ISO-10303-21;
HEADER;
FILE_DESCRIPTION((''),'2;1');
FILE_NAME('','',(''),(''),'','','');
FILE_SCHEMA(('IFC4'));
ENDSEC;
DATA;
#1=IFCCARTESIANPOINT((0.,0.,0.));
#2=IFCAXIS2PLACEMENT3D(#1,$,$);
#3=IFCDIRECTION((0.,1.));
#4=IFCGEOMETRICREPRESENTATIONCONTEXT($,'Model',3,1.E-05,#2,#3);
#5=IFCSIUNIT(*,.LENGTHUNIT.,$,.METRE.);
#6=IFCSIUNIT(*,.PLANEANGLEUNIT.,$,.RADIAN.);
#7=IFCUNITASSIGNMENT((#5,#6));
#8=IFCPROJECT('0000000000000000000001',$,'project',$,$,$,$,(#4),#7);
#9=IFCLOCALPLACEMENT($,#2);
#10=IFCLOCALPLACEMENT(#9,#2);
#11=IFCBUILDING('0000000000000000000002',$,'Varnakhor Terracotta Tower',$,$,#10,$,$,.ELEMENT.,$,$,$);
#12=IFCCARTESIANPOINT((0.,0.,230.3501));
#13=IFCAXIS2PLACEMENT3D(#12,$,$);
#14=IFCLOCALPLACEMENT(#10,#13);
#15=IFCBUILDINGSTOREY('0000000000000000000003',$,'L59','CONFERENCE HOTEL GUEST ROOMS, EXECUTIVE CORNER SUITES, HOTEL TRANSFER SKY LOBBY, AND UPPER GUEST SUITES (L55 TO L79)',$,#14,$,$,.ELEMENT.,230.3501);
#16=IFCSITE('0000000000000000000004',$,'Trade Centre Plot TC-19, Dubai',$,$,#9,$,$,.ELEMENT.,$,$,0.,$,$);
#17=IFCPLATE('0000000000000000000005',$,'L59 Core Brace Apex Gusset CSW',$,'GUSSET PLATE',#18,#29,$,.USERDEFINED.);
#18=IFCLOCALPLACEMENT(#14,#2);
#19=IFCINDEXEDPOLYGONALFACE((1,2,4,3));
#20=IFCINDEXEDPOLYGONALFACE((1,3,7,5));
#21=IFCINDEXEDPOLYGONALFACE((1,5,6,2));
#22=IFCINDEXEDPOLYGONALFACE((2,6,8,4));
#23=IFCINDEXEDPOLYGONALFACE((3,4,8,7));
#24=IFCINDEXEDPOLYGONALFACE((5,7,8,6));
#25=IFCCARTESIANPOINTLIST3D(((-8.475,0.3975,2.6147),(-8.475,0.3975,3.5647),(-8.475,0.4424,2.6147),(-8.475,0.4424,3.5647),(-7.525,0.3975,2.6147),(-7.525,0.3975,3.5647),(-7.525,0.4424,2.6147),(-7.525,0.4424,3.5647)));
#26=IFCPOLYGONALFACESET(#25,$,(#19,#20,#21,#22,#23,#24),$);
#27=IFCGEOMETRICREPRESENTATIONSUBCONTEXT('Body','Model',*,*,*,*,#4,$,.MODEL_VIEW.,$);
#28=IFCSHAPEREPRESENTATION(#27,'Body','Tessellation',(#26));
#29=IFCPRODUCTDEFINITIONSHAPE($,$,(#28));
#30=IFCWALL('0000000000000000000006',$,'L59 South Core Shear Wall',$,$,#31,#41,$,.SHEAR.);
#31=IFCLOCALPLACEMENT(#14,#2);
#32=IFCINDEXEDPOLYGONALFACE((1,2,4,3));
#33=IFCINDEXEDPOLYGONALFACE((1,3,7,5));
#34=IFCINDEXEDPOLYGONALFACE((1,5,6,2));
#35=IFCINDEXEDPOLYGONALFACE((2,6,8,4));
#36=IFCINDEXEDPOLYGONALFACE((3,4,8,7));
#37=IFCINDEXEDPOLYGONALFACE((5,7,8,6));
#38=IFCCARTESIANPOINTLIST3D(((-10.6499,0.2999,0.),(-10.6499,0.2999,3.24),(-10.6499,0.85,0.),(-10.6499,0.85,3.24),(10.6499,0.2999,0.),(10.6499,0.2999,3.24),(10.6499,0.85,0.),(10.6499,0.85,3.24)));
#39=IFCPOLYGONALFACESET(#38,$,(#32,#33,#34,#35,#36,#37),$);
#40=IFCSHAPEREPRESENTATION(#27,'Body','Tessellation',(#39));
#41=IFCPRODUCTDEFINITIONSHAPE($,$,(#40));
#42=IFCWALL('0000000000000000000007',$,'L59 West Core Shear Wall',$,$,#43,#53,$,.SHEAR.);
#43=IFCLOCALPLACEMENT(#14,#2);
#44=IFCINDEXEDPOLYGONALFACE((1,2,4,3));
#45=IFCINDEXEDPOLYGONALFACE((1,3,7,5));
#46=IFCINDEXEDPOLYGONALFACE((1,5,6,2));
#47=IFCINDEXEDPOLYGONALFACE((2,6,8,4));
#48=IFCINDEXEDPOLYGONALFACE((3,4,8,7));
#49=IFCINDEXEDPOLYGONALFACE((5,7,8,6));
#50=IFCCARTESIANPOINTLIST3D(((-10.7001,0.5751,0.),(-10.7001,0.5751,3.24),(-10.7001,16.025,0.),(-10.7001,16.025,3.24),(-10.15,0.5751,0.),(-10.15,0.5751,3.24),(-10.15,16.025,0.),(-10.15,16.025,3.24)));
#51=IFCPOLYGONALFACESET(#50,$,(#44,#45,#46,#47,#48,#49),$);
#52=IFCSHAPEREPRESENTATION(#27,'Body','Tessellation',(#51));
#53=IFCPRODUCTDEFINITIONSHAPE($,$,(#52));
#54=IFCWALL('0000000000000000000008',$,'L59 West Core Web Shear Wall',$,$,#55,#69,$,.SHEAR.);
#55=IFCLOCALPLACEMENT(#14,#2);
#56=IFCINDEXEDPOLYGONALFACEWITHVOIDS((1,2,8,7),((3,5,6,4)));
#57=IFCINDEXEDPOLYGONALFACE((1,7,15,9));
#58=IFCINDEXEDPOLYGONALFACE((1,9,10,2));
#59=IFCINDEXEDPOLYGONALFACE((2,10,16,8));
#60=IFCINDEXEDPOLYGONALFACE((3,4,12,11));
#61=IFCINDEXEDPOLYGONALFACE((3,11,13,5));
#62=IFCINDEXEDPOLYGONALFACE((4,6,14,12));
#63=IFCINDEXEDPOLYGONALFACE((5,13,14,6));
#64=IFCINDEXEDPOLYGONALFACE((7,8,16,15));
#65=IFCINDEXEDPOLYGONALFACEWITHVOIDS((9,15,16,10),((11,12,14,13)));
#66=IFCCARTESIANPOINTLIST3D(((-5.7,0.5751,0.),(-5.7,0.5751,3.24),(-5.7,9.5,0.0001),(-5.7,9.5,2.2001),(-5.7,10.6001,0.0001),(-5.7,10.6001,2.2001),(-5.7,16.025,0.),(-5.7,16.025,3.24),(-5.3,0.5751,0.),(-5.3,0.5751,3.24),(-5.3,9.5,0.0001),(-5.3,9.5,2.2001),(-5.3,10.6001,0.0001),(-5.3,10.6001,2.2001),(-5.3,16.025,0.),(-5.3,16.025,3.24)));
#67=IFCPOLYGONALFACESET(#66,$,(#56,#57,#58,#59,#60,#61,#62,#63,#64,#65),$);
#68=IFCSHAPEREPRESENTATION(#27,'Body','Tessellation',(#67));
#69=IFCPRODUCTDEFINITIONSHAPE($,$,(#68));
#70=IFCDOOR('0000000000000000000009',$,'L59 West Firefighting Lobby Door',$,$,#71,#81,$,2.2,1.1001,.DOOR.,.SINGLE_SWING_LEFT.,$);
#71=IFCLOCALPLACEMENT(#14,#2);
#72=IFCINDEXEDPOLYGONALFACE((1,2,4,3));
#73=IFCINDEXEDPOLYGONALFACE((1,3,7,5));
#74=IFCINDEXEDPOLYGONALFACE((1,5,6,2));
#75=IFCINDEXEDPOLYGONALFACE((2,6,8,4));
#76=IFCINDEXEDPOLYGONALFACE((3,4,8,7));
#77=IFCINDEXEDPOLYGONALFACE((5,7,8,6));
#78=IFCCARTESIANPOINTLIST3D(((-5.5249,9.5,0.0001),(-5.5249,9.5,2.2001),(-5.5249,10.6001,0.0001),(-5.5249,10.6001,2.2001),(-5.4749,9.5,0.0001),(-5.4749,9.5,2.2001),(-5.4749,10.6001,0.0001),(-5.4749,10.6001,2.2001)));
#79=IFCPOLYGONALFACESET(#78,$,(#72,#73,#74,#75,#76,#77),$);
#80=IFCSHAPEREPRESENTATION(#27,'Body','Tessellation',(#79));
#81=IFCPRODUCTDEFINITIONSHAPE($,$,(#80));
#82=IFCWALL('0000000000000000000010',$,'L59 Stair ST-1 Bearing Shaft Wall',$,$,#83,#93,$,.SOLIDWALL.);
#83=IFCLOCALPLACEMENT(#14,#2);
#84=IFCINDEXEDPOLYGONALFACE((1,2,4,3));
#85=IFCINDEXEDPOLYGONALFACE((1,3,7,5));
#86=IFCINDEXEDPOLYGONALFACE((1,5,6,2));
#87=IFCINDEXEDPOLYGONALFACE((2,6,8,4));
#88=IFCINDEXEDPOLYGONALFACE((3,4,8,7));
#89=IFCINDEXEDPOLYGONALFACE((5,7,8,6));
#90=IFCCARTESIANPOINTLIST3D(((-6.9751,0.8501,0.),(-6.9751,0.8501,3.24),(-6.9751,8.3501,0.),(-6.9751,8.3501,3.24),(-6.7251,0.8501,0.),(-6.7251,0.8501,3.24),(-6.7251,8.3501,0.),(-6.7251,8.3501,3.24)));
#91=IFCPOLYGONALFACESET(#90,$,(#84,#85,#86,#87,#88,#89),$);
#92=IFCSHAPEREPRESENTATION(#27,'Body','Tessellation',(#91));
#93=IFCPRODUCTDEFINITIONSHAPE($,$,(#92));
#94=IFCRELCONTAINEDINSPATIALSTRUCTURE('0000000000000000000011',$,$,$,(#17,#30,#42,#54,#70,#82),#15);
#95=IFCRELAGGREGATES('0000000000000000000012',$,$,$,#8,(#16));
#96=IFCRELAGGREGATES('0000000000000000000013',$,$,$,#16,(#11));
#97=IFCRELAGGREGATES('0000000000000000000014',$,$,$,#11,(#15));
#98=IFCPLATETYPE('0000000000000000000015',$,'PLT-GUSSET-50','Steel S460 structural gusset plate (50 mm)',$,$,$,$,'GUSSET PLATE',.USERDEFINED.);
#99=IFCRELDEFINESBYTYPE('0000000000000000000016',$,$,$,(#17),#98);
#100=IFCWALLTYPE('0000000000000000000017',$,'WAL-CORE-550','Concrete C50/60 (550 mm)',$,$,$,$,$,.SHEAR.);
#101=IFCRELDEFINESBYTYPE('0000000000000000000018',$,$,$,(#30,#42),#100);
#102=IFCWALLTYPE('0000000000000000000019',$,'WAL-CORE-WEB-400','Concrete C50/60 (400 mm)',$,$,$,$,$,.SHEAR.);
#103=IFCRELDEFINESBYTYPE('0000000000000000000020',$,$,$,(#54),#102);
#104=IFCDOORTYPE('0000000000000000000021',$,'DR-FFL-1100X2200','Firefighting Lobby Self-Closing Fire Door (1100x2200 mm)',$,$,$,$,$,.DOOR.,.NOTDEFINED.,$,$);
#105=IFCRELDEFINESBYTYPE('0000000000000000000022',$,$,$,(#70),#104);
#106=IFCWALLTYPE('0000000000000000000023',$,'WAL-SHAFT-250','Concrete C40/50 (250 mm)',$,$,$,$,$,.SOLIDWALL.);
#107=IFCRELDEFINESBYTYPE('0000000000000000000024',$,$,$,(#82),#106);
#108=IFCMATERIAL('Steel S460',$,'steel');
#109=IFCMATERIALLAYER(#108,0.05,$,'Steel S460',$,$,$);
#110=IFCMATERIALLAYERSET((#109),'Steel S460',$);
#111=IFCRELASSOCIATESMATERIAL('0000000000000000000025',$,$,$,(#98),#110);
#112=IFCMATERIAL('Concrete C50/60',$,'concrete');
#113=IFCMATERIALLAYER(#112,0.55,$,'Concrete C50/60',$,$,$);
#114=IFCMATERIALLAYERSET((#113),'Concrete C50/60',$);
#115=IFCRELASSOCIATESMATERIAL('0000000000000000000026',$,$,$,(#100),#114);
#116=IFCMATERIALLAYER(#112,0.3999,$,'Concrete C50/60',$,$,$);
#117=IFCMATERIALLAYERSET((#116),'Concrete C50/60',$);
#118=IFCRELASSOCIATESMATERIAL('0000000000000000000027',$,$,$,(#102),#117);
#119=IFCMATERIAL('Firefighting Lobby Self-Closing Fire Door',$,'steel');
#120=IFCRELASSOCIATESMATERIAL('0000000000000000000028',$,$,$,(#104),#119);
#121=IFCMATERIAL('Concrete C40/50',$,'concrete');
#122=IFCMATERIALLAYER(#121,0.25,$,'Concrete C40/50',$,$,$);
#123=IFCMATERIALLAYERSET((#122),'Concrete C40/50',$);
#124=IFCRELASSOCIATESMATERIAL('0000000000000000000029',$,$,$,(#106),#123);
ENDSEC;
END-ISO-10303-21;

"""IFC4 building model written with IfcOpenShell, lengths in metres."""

from ifc_helpers import new_model, si_unit, direction, frame, frame_2d, origin, origin_2d, place, context, subcontext, project, spatial, rectangle, extrude, source, transform, mapped, material, layer, layer_set, type_object, type_shapes, element, fill, save


model = new_model("IFC4")

# Units and contexts
model_context = context("Model", 3, precision=1e-05, world=origin(), true_north=direction((0.0, 1.0)))
body_context = subcontext(model_context, "Body", "Model", "MODEL_VIEW")
ifc_project = project(units=[si_unit("LENGTHUNIT", "METRE"), si_unit("PLANEANGLEUNIT", "RADIAN")], contexts=[model_context])

# Site, building, storey
site_placement = place(None, origin())
site = spatial("IfcSite", under=ifc_project, at=site_placement, Name="Trade Centre Plot TC-19, Dubai", CompositionType="ELEMENT", RefElevation=0.0)
building_placement = place(site_placement, origin())
building = spatial("IfcBuilding", under=site, at=building_placement, Name="Varnakhor Terracotta Tower", CompositionType="ELEMENT")
storey_placement = place(building_placement, frame((0.0, 0.0, 230.3501)))
storey = spatial("IfcBuildingStorey", under=building, at=storey_placement, Name="L59", Description="CONFERENCE HOTEL GUEST ROOMS, EXECUTIVE CORNER SUITES, HOTEL TRANSFER SKY LOBBY, AND UPPER GUEST SUITES (L55 TO L79)", CompositionType="ELEMENT", Elevation=230.3501)

# Shared definitions
ifc_material_1 = material(Name="Concrete C50/60", Category="concrete")

# Plate
ifc_material_2 = material(Name="Steel S460", Category="steel")
ifc_layer_1 = layer(ifc_material_2, 0.05, Name="Steel S460")
ifc_layer_set_1 = layer_set([ifc_layer_1], Name="Steel S460")
plate_type = type_object("IfcPlateType", Name="PLT-GUSSET-50", Description="Steel S460 structural gusset plate (50 mm)", ElementType="GUSSET PLATE", PredefinedType="USERDEFINED", material=ifc_layer_set_1)
shared_shape_1 = source(origin(), body_context, "Body", "SweptSolid", [
    extrude(rectangle(XDim=0.95, YDim=0.0449, at=origin_2d()), origin(), (0.0, 0.0, 1.0), 0.95),
])
plate_placement = place(storey_placement, frame((-8.0, 0.4199, 2.6147), z_axis=(0.0, 0.0, 1.0), x_axis=(1.0, 0.0, 0.0)))
element("IfcPlate", 1, at=plate_placement, inside=storey, type_object=plate_type, Name="L59 Core Brace Apex Gusset CSW", ObjectType="GUSSET PLATE", PredefinedType="USERDEFINED", context=body_context, shape_type="MappedRepresentation", body=[
    mapped(shared_shape_1, transform((0.0, 0.0, 0.0), scale=1.0)),
])

# Walls
ifc_layer_2 = layer(ifc_material_1, 0.55, Name="Concrete C50/60")
ifc_layer_set_2 = layer_set([ifc_layer_2], Name="Concrete C50/60")
wall_type_1 = type_object("IfcWallType", Name="WAL-CORE-550", Description="Concrete C50/60 (550 mm)", PredefinedType="SHEAR", material=ifc_layer_set_2)
wall_1_placement = place(storey_placement, frame((-10.6499, 0.575, 0.0), z_axis=(0.0, 0.0, 1.0), x_axis=(1.0, 0.0, 0.0)))
element("IfcWall", 2, at=wall_1_placement, inside=storey, type_object=wall_type_1, Name="L59 South Core Shear Wall", PredefinedType="SHEAR", context=body_context, shape_type="SweptSolid", body=[
    extrude(rectangle(XDim=21.2998, YDim=0.55, at=frame_2d((10.6499, 0.0))), origin(), (0.0, 0.0, 1.0), 3.24),
])
wall_2_placement = place(storey_placement, frame((-10.425, 0.575, 0.0), z_axis=(0.0, 0.0, 1.0), x_axis=(0.0, 1.0, 0.0)))
element("IfcWall", 3, at=wall_2_placement, inside=storey, type_object=wall_type_1, Name="L59 West Core Shear Wall", PredefinedType="SHEAR", context=body_context, shape_type="SweptSolid", body=[
    extrude(rectangle(XDim=15.45, YDim=0.55, at=frame_2d((7.7251, 0.0))), origin(), (0.0, 0.0, 1.0), 3.24),
])

# Wall, opening, door
ifc_layer_3 = layer(ifc_material_1, 0.3999, Name="Concrete C50/60")
ifc_layer_set_3 = layer_set([ifc_layer_3], Name="Concrete C50/60")
wall_type_2 = type_object("IfcWallType", Name="WAL-CORE-WEB-400", Description="Concrete C50/60 (400 mm)", PredefinedType="SHEAR", material=ifc_layer_set_3)
wall_3_placement = place(storey_placement, frame((-5.5, 0.575, 0.0), z_axis=(0.0, 0.0, 1.0), x_axis=(0.0, 1.0, 0.0)))
wall_3 = element("IfcWall", 4, at=wall_3_placement, inside=storey, type_object=wall_type_2, Name="L59 West Core Web Shear Wall", PredefinedType="SHEAR", context=body_context, shape_type="SweptSolid", body=[
    extrude(rectangle(XDim=15.45, YDim=0.3999, at=frame_2d((7.7251, 0.0))), origin(), (0.0, 0.0, 1.0), 3.24),
])
opening_placement = place(wall_3_placement, frame((8.925, 0.0, 0.0)))
opening = element("IfcOpeningElement", 5, at=opening_placement, cuts=wall_3, PredefinedType="OPENING", context=body_context, shape_type="SweptSolid", body=[
    extrude(rectangle(XDim=1.1001, YDim=2.2, at=frame_2d((0.55, 1.1001))), frame((0.0, 0.21, 0.0), z_axis=(0.0, -1.0, 0.0), x_axis=(1.0, 0.0, 0.0)), (0.0, 0.0, 1.0), 0.4199),
])
ifc_material_3 = material(Name="Firefighting Lobby Self-Closing Fire Door", Category="steel")
door_type = type_object("IfcDoorType", Name="DR-FFL-1100X2200", Description="Firefighting Lobby Self-Closing Fire Door (1100x2200 mm)", OperationType="NOTDEFINED", PredefinedType="DOOR", material=ifc_material_3)
shared_shape_2 = source(origin(), body_context, "Body", "SweptSolid", [
    extrude(rectangle(XDim=1.1001, YDim=2.2, at=frame_2d((0.55, 1.1001))), frame((0.0, 0.0249, 0.0), z_axis=(0.0, -1.0, 0.0), x_axis=(1.0, 0.0, 0.0)), (0.0, 0.0, 1.0), 0.05),
])
type_shapes(door_type, [shared_shape_2])
door_placement = place(opening_placement, origin())
door = element("IfcDoor", 6, at=door_placement, inside=storey, type_object=door_type, Name="L59 West Firefighting Lobby Door", OperationType="SINGLE_SWING_LEFT", OverallHeight=2.2, OverallWidth=1.1001, PredefinedType="DOOR", context=body_context, shape_type="MappedRepresentation", body=[
    mapped(shared_shape_2, transform((0.0, 0.0, 0.0), scale=1.0)),
])
fill(opening, door)

# Wall
ifc_material_4 = material(Name="Concrete C40/50", Category="concrete")
ifc_layer_4 = layer(ifc_material_4, 0.25, Name="Concrete C40/50")
ifc_layer_set_4 = layer_set([ifc_layer_4], Name="Concrete C40/50")
wall_type_3 = type_object("IfcWallType", Name="WAL-SHAFT-250", Description="Concrete C40/50 (250 mm)", PredefinedType="SOLIDWALL", material=ifc_layer_set_4)
wall_4_placement = place(storey_placement, frame((-6.8501, 0.8501, 0.0), z_axis=(0.0, 0.0, 1.0), x_axis=(0.0, 1.0, 0.0)))
element("IfcWall", 7, at=wall_4_placement, inside=storey, type_object=wall_type_3, Name="L59 Stair ST-1 Bearing Shaft Wall", PredefinedType="SOLIDWALL", context=body_context, shape_type="SweptSolid", body=[
    extrude(rectangle(XDim=7.5, YDim=0.25, at=frame_2d((3.75, 0.0))), origin(), (0.0, 0.0, 1.0), 3.24),
])

save(model, "model.ifc")
